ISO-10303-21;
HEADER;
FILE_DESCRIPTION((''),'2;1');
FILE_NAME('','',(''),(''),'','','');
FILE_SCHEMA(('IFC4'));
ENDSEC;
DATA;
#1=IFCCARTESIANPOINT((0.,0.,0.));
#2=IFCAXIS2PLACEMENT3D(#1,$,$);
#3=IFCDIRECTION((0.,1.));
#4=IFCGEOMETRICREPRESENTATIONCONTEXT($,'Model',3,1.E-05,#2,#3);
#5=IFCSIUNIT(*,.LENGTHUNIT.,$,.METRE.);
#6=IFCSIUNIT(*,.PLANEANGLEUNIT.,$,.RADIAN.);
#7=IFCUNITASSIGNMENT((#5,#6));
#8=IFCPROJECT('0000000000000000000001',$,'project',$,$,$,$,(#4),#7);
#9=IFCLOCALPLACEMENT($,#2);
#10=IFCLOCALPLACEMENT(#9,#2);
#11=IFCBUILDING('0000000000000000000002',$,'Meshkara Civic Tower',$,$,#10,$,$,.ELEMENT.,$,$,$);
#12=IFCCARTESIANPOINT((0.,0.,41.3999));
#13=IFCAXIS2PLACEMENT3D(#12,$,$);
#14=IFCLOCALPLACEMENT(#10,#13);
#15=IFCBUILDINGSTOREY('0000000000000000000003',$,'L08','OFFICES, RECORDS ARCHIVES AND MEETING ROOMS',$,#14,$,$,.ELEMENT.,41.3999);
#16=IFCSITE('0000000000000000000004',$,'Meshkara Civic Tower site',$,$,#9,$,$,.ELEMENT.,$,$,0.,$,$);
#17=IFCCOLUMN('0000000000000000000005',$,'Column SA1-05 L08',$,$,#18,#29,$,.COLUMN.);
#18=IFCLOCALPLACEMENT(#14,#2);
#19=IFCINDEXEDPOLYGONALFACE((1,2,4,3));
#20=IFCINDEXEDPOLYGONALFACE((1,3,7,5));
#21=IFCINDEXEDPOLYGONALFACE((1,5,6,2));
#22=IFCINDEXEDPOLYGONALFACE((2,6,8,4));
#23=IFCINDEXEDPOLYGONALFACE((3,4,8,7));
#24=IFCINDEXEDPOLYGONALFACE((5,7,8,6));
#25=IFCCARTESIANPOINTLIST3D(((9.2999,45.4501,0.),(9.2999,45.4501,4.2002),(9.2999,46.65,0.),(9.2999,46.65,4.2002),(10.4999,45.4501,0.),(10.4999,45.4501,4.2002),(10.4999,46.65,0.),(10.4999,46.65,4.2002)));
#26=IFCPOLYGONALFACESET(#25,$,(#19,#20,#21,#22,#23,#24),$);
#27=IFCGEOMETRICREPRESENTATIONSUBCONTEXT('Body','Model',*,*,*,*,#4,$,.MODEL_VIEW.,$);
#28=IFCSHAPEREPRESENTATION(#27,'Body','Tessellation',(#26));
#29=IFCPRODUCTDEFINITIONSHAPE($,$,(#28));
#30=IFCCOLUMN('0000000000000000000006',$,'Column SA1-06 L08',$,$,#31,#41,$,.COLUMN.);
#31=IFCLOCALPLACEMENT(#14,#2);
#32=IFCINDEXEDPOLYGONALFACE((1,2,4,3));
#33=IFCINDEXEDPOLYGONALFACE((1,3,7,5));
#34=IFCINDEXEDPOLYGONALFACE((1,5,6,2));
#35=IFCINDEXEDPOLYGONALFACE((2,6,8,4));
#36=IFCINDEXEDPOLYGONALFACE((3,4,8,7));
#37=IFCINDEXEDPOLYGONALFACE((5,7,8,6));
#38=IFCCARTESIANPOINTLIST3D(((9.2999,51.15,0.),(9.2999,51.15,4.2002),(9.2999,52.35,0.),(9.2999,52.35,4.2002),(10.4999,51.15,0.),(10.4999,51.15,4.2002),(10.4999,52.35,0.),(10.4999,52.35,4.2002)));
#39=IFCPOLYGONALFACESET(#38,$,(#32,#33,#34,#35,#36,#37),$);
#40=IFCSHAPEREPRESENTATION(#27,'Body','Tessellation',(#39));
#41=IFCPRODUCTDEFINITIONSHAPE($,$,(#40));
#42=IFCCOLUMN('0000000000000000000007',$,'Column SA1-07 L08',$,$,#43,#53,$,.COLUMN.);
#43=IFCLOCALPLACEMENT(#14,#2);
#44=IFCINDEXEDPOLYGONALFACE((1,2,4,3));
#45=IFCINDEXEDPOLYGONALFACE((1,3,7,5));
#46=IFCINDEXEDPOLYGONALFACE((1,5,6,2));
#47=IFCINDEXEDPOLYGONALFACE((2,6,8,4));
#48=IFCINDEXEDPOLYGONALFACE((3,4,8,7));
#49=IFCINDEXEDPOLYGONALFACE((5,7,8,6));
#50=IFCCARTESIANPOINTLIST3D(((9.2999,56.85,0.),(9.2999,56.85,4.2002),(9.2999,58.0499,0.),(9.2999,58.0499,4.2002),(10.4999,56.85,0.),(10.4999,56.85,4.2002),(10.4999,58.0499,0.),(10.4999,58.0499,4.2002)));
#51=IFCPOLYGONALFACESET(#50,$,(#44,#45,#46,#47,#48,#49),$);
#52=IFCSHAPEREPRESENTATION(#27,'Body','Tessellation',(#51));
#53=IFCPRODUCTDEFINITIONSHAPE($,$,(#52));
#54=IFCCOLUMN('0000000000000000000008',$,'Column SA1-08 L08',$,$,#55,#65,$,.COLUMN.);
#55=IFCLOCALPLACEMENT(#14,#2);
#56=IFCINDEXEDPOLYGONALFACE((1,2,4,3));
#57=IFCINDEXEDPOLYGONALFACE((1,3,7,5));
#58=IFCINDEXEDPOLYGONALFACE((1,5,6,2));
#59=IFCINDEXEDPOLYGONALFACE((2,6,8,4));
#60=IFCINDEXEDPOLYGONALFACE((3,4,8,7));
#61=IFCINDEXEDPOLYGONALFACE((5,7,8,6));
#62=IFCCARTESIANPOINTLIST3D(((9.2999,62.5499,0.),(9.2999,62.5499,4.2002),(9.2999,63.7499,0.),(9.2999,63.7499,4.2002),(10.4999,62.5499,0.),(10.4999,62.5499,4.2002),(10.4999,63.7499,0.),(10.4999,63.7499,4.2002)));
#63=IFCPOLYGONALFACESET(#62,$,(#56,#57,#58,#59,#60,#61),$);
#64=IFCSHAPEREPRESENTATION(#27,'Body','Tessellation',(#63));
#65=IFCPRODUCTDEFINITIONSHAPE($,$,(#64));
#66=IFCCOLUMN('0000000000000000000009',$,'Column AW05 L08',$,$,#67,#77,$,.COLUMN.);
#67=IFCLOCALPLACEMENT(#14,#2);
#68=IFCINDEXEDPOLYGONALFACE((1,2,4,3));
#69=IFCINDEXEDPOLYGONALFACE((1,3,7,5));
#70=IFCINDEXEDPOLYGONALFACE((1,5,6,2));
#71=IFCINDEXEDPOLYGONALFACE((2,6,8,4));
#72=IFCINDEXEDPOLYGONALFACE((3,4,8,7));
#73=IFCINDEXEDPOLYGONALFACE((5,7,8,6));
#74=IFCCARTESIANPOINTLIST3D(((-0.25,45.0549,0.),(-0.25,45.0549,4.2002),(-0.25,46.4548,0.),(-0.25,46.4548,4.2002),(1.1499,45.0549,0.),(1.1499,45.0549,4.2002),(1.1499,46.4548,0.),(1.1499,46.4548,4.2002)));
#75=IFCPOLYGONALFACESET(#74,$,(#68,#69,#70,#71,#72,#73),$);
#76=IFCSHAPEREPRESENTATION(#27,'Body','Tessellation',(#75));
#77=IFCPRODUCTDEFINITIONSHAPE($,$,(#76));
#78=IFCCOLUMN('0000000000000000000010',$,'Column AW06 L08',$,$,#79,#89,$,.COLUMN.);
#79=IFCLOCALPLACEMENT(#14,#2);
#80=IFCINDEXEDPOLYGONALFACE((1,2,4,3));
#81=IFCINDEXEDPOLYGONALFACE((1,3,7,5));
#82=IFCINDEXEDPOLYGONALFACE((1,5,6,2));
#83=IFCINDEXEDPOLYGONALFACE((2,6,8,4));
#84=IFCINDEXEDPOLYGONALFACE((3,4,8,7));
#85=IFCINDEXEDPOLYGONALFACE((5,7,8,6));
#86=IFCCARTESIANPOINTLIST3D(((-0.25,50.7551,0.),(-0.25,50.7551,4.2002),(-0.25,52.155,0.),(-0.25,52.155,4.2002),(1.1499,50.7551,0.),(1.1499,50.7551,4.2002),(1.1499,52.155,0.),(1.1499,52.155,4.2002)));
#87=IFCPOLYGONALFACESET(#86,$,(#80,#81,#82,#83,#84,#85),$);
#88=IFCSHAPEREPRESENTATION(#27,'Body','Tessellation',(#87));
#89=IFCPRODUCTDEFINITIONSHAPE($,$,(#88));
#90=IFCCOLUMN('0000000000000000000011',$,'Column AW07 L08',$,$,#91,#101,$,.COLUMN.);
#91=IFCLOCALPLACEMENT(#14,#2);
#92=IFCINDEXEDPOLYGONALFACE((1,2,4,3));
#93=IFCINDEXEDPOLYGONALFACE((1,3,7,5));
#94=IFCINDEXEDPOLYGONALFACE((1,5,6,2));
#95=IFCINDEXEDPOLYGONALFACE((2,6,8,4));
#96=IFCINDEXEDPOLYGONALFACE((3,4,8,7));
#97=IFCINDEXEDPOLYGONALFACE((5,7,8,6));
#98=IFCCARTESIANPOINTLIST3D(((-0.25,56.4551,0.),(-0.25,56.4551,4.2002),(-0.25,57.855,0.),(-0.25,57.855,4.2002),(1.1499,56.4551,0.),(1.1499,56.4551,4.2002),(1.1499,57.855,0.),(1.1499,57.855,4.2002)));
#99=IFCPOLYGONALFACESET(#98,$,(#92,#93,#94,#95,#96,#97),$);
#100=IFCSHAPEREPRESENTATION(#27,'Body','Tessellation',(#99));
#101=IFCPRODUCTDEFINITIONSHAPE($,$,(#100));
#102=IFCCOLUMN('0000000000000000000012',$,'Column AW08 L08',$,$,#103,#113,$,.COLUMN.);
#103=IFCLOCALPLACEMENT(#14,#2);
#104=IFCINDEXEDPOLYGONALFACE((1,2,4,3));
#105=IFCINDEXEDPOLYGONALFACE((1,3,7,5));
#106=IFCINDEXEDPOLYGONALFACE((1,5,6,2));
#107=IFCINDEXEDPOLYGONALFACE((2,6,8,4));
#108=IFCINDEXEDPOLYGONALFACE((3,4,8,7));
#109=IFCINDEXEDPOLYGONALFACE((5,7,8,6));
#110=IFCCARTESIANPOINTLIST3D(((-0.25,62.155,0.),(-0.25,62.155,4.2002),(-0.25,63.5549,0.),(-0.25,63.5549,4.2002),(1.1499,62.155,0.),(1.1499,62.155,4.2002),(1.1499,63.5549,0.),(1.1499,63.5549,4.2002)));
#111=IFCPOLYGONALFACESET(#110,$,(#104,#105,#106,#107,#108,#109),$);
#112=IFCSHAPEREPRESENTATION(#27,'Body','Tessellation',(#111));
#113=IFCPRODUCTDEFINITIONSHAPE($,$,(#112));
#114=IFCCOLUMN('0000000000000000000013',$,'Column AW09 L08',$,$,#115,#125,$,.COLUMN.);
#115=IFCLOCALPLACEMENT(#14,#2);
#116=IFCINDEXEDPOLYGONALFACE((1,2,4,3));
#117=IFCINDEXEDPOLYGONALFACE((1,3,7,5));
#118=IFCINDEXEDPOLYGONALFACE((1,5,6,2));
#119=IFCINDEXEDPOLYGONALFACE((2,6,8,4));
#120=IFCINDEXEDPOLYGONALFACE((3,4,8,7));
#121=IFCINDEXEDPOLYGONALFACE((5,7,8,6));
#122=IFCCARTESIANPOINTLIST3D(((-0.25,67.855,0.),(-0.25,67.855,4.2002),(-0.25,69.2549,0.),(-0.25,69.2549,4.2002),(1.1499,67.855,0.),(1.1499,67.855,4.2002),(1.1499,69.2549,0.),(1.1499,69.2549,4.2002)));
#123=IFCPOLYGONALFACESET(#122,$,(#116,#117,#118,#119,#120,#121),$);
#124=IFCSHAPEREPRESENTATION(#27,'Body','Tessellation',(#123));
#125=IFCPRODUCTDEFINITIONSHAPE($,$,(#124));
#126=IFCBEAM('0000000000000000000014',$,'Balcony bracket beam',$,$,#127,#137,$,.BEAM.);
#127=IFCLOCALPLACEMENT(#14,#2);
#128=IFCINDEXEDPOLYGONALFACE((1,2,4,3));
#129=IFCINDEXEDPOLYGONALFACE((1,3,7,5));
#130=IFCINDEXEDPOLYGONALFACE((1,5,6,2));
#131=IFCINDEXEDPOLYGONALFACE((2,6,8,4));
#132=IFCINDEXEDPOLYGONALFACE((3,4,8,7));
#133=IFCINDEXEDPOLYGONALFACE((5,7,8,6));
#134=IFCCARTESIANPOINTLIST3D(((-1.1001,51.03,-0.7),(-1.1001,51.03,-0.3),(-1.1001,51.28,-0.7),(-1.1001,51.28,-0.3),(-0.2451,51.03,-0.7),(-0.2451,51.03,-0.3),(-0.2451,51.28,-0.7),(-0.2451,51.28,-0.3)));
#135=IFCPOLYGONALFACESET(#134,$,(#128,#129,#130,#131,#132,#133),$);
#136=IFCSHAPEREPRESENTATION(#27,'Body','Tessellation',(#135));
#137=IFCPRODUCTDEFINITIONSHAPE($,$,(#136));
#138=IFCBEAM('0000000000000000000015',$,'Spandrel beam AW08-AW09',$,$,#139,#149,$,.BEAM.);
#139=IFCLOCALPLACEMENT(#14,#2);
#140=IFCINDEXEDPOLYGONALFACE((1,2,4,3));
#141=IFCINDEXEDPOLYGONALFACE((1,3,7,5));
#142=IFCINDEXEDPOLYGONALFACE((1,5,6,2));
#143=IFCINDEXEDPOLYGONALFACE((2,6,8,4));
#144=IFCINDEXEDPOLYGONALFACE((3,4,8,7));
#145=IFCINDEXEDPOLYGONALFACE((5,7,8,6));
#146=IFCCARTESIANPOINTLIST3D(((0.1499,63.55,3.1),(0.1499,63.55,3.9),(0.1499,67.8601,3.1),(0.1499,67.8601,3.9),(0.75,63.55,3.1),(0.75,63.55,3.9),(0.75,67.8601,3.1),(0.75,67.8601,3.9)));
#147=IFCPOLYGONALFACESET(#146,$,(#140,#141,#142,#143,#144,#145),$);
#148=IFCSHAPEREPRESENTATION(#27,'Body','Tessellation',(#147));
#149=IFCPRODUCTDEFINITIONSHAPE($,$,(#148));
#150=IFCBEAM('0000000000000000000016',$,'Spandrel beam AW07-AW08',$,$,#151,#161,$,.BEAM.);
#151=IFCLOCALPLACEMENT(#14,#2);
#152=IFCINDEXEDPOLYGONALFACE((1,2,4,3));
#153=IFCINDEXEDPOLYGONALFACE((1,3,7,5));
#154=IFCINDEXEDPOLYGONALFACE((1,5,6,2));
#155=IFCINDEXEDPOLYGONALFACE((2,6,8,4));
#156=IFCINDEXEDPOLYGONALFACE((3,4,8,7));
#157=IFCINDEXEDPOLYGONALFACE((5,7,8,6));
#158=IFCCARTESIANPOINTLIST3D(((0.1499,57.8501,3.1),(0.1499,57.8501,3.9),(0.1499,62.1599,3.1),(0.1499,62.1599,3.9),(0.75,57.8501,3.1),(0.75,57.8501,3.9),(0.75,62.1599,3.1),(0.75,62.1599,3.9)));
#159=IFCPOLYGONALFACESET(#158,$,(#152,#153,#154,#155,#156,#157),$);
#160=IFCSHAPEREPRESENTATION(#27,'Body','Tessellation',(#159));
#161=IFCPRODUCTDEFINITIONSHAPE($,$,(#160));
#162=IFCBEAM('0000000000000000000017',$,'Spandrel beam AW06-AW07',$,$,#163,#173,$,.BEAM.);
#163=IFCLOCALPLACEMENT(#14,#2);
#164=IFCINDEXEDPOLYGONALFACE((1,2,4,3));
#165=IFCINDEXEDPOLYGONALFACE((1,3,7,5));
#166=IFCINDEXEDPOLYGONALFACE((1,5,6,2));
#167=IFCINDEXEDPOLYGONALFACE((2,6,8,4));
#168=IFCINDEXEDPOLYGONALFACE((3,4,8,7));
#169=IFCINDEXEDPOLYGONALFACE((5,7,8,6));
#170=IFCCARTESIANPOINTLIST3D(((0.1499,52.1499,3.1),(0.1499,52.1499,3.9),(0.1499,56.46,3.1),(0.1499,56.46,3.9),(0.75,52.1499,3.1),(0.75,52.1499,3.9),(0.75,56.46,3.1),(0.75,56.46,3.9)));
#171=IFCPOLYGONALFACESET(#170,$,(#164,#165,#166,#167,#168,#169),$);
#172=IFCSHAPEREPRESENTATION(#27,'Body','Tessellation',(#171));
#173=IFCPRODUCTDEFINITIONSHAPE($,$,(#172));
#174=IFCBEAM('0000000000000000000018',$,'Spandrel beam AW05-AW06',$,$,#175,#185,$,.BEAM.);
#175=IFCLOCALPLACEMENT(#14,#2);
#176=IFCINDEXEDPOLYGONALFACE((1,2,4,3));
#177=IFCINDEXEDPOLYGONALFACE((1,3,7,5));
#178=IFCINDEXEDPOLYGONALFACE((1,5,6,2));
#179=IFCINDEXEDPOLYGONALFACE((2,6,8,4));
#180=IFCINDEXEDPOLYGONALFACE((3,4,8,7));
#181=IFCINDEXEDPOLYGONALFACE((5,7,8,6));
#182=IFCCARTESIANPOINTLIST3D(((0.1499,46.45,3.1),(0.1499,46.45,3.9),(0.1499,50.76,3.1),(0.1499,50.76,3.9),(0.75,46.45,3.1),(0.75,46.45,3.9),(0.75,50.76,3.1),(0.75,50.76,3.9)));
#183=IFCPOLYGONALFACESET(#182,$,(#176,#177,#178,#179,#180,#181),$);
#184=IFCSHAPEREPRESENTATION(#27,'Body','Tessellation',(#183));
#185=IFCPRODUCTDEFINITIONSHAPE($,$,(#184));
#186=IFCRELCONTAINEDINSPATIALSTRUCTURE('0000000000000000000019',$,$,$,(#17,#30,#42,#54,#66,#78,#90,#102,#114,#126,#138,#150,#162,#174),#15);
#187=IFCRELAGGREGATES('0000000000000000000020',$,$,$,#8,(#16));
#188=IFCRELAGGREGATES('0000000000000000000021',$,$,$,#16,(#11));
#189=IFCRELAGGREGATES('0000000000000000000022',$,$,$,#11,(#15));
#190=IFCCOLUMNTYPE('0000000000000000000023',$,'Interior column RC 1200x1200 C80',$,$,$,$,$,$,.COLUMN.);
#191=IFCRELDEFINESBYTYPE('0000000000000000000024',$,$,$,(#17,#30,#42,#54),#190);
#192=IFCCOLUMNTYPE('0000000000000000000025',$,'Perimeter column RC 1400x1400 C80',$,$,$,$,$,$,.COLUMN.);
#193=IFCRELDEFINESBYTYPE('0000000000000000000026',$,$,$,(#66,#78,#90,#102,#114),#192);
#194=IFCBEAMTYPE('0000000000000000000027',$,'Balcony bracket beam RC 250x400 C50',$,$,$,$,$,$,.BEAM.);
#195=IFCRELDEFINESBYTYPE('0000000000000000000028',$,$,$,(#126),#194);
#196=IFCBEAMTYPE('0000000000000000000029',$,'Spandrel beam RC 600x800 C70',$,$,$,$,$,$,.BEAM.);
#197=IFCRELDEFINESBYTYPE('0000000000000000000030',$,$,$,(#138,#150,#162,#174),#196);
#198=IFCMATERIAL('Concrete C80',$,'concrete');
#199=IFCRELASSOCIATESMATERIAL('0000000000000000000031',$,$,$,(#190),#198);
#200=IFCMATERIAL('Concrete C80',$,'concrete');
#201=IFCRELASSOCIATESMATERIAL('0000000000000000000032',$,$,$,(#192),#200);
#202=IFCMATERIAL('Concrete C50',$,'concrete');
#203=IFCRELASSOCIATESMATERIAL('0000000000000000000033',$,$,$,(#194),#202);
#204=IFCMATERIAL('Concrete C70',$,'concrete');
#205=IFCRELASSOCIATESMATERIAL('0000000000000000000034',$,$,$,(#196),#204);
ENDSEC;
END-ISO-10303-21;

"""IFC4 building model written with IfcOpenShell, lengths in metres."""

from ifc_helpers import new_model, si_unit, direction, frame, origin, origin_2d, place, context, subcontext, project, spatial, rectangle, extrude, material, material_profile, profile_set, type_object, element, save


model = new_model("IFC4")

# Units and contexts
model_context = context("Model", 3, precision=1e-05, world=origin(), true_north=direction((0.0, 1.0)))
body_context = subcontext(model_context, "Body", "Model", "MODEL_VIEW")
ifc_project = project(units=[si_unit("LENGTHUNIT", "METRE"), si_unit("PLANEANGLEUNIT", "RADIAN")], contexts=[model_context])

# Site, building, storey
site_placement = place(None, origin())
site = spatial("IfcSite", under=ifc_project, at=site_placement, Name="Meshkara Civic Tower site", CompositionType="ELEMENT", RefElevation=0.0)
building_placement = place(site_placement, origin())
building = spatial("IfcBuilding", under=site, at=building_placement, Name="Meshkara Civic Tower", CompositionType="ELEMENT")
storey_placement = place(building_placement, frame((0.0, 0.0, 41.3999)))
storey = spatial("IfcBuildingStorey", under=building, at=storey_placement, Name="L08", Description="OFFICES, RECORDS ARCHIVES AND MEETING ROOMS", CompositionType="ELEMENT", Elevation=41.3999)

# Columns
ifc_material_1 = material(Name="Concrete C80", Category="concrete")
ifc_material_profile_1 = material_profile(ifc_material_1, rectangle(XDim=1.2, YDim=1.2, at=origin_2d()))
ifc_profile_set_1 = profile_set([ifc_material_profile_1], Name="Concrete C80")
column_type_1 = type_object("IfcColumnType", Name="Interior column RC 1200x1200 C80", PredefinedType="COLUMN", material=ifc_profile_set_1)
for number, where, z_axis, x_axis, name in (
    (1, (9.8999, 46.05, 0.0), (0.0, 0.0, 1.0), (1.0, 0.0, 0.0), "Column SA1-05 L08"),
    (2, (9.8999, 51.75, 0.0), (0.0, 0.0, 1.0), (1.0, 0.0, 0.0), "Column SA1-06 L08"),
    (3, (9.8999, 57.45, 0.0), (0.0, 0.0, 1.0), (1.0, 0.0, 0.0), "Column SA1-07 L08"),
    (4, (9.8999, 63.1499, 0.0), (0.0, 0.0, 1.0), (1.0, 0.0, 0.0), "Column SA1-08 L08"),
):
    element("IfcColumn", number, at=place(storey_placement, frame(where, z_axis=z_axis, x_axis=x_axis)), inside=storey, type_object=column_type_1, Name=name, PredefinedType="COLUMN", context=body_context, shape_type="SweptSolid", body=[
        extrude(rectangle(XDim=1.2, YDim=1.2, at=origin_2d()), origin(), (0.0, 0.0, 1.0), 4.2002),
    ])
ifc_material_2 = material(Name="Concrete C80", Category="concrete")
ifc_material_profile_2 = material_profile(ifc_material_2, rectangle(XDim=1.3999, YDim=1.3999, at=origin_2d()))
ifc_profile_set_2 = profile_set([ifc_material_profile_2], Name="Concrete C80")
column_type_2 = type_object("IfcColumnType", Name="Perimeter column RC 1400x1400 C80", PredefinedType="COLUMN", material=ifc_profile_set_2)
for number, where, z_axis, x_axis, name in (
    (5, (0.45, 45.7549, 0.0), (0.0, 0.0, 1.0), (1.0, 0.0, 0.0), "Column AW05 L08"),
    (6, (0.45, 51.4551, 0.0), (0.0, 0.0, 1.0), (1.0, 0.0, 0.0), "Column AW06 L08"),
    (7, (0.45, 57.155, 0.0), (0.0, 0.0, 1.0), (1.0, 0.0, 0.0), "Column AW07 L08"),
    (8, (0.45, 62.855, 0.0), (0.0, 0.0, 1.0), (1.0, 0.0, 0.0), "Column AW08 L08"),
    (9, (0.45, 68.5549, 0.0), (0.0, 0.0, 1.0), (1.0, 0.0, 0.0), "Column AW09 L08"),
):
    element("IfcColumn", number, at=place(storey_placement, frame(where, z_axis=z_axis, x_axis=x_axis)), inside=storey, type_object=column_type_2, Name=name, PredefinedType="COLUMN", context=body_context, shape_type="SweptSolid", body=[
        extrude(rectangle(XDim=1.3999, YDim=1.3999, at=origin_2d()), origin(), (0.0, 0.0, 1.0), 4.2002),
    ])

# Beams
ifc_material_3 = material(Name="Concrete C50", Category="concrete")
ifc_material_profile_3 = material_profile(ifc_material_3, rectangle(XDim=0.25, YDim=0.3999, at=origin_2d()))
ifc_profile_set_3 = profile_set([ifc_material_profile_3], Name="Concrete C50")
beam_type_1 = type_object("IfcBeamType", Name="Balcony bracket beam RC 250x400 C50", PredefinedType="BEAM", material=ifc_profile_set_3)
beam_1_placement = place(storey_placement, frame((-0.2451, 51.155, -0.5), z_axis=(-1.0, 0.0, 0.0), x_axis=(0.0, -1.0, 0.0)))
element("IfcBeam", 10, at=beam_1_placement, inside=storey, type_object=beam_type_1, Name="Balcony bracket beam", PredefinedType="BEAM", context=body_context, shape_type="SweptSolid", body=[
    extrude(rectangle(XDim=0.25, YDim=0.3999, at=origin_2d()), origin(), (0.0, 0.0, 1.0), 0.855),
])
ifc_material_4 = material(Name="Concrete C70", Category="concrete")
ifc_material_profile_4 = material_profile(ifc_material_4, rectangle(XDim=0.6001, YDim=0.8, at=origin_2d()))
ifc_profile_set_4 = profile_set([ifc_material_profile_4], Name="Concrete C70")
beam_type_2 = type_object("IfcBeamType", Name="Spandrel beam RC 600x800 C70", PredefinedType="BEAM", material=ifc_profile_set_4)
beam_2_placement = place(storey_placement, frame((0.45, 67.8601, 3.5), z_axis=(0.0, -1.0, 0.0), x_axis=(1.0, 0.0, 0.0)))
element("IfcBeam", 11, at=beam_2_placement, inside=storey, type_object=beam_type_2, Name="Spandrel beam AW08-AW09", PredefinedType="BEAM", context=body_context, shape_type="SweptSolid", body=[
    extrude(rectangle(XDim=0.6001, YDim=0.8, at=origin_2d()), origin(), (0.0, 0.0, 1.0), 4.3101),
])
beam_3_placement = place(storey_placement, frame((0.45, 62.1599, 3.5), z_axis=(0.0, -1.0, 0.0), x_axis=(1.0, 0.0, 0.0)))
element("IfcBeam", 12, at=beam_3_placement, inside=storey, type_object=beam_type_2, Name="Spandrel beam AW07-AW08", PredefinedType="BEAM", context=body_context, shape_type="SweptSolid", body=[
    extrude(rectangle(XDim=0.6001, YDim=0.8, at=origin_2d()), origin(), (0.0, 0.0, 1.0), 4.3098),
])
for number, where, z_axis, x_axis, name in (
    (13, (0.45, 56.46, 3.5), (0.0, -1.0, 0.0), (1.0, 0.0, 0.0), "Spandrel beam AW06-AW07"),
    (14, (0.45, 50.76, 3.5), (0.0, -1.0, 0.0), (1.0, 0.0, 0.0), "Spandrel beam AW05-AW06"),
):
    element("IfcBeam", number, at=place(storey_placement, frame(where, z_axis=z_axis, x_axis=x_axis)), inside=storey, type_object=beam_type_2, Name=name, PredefinedType="BEAM", context=body_context, shape_type="SweptSolid", body=[
        extrude(rectangle(XDim=0.6001, YDim=0.8, at=origin_2d()), origin(), (0.0, 0.0, 1.0), 4.3101),
    ])

save(model, "model.ifc")
